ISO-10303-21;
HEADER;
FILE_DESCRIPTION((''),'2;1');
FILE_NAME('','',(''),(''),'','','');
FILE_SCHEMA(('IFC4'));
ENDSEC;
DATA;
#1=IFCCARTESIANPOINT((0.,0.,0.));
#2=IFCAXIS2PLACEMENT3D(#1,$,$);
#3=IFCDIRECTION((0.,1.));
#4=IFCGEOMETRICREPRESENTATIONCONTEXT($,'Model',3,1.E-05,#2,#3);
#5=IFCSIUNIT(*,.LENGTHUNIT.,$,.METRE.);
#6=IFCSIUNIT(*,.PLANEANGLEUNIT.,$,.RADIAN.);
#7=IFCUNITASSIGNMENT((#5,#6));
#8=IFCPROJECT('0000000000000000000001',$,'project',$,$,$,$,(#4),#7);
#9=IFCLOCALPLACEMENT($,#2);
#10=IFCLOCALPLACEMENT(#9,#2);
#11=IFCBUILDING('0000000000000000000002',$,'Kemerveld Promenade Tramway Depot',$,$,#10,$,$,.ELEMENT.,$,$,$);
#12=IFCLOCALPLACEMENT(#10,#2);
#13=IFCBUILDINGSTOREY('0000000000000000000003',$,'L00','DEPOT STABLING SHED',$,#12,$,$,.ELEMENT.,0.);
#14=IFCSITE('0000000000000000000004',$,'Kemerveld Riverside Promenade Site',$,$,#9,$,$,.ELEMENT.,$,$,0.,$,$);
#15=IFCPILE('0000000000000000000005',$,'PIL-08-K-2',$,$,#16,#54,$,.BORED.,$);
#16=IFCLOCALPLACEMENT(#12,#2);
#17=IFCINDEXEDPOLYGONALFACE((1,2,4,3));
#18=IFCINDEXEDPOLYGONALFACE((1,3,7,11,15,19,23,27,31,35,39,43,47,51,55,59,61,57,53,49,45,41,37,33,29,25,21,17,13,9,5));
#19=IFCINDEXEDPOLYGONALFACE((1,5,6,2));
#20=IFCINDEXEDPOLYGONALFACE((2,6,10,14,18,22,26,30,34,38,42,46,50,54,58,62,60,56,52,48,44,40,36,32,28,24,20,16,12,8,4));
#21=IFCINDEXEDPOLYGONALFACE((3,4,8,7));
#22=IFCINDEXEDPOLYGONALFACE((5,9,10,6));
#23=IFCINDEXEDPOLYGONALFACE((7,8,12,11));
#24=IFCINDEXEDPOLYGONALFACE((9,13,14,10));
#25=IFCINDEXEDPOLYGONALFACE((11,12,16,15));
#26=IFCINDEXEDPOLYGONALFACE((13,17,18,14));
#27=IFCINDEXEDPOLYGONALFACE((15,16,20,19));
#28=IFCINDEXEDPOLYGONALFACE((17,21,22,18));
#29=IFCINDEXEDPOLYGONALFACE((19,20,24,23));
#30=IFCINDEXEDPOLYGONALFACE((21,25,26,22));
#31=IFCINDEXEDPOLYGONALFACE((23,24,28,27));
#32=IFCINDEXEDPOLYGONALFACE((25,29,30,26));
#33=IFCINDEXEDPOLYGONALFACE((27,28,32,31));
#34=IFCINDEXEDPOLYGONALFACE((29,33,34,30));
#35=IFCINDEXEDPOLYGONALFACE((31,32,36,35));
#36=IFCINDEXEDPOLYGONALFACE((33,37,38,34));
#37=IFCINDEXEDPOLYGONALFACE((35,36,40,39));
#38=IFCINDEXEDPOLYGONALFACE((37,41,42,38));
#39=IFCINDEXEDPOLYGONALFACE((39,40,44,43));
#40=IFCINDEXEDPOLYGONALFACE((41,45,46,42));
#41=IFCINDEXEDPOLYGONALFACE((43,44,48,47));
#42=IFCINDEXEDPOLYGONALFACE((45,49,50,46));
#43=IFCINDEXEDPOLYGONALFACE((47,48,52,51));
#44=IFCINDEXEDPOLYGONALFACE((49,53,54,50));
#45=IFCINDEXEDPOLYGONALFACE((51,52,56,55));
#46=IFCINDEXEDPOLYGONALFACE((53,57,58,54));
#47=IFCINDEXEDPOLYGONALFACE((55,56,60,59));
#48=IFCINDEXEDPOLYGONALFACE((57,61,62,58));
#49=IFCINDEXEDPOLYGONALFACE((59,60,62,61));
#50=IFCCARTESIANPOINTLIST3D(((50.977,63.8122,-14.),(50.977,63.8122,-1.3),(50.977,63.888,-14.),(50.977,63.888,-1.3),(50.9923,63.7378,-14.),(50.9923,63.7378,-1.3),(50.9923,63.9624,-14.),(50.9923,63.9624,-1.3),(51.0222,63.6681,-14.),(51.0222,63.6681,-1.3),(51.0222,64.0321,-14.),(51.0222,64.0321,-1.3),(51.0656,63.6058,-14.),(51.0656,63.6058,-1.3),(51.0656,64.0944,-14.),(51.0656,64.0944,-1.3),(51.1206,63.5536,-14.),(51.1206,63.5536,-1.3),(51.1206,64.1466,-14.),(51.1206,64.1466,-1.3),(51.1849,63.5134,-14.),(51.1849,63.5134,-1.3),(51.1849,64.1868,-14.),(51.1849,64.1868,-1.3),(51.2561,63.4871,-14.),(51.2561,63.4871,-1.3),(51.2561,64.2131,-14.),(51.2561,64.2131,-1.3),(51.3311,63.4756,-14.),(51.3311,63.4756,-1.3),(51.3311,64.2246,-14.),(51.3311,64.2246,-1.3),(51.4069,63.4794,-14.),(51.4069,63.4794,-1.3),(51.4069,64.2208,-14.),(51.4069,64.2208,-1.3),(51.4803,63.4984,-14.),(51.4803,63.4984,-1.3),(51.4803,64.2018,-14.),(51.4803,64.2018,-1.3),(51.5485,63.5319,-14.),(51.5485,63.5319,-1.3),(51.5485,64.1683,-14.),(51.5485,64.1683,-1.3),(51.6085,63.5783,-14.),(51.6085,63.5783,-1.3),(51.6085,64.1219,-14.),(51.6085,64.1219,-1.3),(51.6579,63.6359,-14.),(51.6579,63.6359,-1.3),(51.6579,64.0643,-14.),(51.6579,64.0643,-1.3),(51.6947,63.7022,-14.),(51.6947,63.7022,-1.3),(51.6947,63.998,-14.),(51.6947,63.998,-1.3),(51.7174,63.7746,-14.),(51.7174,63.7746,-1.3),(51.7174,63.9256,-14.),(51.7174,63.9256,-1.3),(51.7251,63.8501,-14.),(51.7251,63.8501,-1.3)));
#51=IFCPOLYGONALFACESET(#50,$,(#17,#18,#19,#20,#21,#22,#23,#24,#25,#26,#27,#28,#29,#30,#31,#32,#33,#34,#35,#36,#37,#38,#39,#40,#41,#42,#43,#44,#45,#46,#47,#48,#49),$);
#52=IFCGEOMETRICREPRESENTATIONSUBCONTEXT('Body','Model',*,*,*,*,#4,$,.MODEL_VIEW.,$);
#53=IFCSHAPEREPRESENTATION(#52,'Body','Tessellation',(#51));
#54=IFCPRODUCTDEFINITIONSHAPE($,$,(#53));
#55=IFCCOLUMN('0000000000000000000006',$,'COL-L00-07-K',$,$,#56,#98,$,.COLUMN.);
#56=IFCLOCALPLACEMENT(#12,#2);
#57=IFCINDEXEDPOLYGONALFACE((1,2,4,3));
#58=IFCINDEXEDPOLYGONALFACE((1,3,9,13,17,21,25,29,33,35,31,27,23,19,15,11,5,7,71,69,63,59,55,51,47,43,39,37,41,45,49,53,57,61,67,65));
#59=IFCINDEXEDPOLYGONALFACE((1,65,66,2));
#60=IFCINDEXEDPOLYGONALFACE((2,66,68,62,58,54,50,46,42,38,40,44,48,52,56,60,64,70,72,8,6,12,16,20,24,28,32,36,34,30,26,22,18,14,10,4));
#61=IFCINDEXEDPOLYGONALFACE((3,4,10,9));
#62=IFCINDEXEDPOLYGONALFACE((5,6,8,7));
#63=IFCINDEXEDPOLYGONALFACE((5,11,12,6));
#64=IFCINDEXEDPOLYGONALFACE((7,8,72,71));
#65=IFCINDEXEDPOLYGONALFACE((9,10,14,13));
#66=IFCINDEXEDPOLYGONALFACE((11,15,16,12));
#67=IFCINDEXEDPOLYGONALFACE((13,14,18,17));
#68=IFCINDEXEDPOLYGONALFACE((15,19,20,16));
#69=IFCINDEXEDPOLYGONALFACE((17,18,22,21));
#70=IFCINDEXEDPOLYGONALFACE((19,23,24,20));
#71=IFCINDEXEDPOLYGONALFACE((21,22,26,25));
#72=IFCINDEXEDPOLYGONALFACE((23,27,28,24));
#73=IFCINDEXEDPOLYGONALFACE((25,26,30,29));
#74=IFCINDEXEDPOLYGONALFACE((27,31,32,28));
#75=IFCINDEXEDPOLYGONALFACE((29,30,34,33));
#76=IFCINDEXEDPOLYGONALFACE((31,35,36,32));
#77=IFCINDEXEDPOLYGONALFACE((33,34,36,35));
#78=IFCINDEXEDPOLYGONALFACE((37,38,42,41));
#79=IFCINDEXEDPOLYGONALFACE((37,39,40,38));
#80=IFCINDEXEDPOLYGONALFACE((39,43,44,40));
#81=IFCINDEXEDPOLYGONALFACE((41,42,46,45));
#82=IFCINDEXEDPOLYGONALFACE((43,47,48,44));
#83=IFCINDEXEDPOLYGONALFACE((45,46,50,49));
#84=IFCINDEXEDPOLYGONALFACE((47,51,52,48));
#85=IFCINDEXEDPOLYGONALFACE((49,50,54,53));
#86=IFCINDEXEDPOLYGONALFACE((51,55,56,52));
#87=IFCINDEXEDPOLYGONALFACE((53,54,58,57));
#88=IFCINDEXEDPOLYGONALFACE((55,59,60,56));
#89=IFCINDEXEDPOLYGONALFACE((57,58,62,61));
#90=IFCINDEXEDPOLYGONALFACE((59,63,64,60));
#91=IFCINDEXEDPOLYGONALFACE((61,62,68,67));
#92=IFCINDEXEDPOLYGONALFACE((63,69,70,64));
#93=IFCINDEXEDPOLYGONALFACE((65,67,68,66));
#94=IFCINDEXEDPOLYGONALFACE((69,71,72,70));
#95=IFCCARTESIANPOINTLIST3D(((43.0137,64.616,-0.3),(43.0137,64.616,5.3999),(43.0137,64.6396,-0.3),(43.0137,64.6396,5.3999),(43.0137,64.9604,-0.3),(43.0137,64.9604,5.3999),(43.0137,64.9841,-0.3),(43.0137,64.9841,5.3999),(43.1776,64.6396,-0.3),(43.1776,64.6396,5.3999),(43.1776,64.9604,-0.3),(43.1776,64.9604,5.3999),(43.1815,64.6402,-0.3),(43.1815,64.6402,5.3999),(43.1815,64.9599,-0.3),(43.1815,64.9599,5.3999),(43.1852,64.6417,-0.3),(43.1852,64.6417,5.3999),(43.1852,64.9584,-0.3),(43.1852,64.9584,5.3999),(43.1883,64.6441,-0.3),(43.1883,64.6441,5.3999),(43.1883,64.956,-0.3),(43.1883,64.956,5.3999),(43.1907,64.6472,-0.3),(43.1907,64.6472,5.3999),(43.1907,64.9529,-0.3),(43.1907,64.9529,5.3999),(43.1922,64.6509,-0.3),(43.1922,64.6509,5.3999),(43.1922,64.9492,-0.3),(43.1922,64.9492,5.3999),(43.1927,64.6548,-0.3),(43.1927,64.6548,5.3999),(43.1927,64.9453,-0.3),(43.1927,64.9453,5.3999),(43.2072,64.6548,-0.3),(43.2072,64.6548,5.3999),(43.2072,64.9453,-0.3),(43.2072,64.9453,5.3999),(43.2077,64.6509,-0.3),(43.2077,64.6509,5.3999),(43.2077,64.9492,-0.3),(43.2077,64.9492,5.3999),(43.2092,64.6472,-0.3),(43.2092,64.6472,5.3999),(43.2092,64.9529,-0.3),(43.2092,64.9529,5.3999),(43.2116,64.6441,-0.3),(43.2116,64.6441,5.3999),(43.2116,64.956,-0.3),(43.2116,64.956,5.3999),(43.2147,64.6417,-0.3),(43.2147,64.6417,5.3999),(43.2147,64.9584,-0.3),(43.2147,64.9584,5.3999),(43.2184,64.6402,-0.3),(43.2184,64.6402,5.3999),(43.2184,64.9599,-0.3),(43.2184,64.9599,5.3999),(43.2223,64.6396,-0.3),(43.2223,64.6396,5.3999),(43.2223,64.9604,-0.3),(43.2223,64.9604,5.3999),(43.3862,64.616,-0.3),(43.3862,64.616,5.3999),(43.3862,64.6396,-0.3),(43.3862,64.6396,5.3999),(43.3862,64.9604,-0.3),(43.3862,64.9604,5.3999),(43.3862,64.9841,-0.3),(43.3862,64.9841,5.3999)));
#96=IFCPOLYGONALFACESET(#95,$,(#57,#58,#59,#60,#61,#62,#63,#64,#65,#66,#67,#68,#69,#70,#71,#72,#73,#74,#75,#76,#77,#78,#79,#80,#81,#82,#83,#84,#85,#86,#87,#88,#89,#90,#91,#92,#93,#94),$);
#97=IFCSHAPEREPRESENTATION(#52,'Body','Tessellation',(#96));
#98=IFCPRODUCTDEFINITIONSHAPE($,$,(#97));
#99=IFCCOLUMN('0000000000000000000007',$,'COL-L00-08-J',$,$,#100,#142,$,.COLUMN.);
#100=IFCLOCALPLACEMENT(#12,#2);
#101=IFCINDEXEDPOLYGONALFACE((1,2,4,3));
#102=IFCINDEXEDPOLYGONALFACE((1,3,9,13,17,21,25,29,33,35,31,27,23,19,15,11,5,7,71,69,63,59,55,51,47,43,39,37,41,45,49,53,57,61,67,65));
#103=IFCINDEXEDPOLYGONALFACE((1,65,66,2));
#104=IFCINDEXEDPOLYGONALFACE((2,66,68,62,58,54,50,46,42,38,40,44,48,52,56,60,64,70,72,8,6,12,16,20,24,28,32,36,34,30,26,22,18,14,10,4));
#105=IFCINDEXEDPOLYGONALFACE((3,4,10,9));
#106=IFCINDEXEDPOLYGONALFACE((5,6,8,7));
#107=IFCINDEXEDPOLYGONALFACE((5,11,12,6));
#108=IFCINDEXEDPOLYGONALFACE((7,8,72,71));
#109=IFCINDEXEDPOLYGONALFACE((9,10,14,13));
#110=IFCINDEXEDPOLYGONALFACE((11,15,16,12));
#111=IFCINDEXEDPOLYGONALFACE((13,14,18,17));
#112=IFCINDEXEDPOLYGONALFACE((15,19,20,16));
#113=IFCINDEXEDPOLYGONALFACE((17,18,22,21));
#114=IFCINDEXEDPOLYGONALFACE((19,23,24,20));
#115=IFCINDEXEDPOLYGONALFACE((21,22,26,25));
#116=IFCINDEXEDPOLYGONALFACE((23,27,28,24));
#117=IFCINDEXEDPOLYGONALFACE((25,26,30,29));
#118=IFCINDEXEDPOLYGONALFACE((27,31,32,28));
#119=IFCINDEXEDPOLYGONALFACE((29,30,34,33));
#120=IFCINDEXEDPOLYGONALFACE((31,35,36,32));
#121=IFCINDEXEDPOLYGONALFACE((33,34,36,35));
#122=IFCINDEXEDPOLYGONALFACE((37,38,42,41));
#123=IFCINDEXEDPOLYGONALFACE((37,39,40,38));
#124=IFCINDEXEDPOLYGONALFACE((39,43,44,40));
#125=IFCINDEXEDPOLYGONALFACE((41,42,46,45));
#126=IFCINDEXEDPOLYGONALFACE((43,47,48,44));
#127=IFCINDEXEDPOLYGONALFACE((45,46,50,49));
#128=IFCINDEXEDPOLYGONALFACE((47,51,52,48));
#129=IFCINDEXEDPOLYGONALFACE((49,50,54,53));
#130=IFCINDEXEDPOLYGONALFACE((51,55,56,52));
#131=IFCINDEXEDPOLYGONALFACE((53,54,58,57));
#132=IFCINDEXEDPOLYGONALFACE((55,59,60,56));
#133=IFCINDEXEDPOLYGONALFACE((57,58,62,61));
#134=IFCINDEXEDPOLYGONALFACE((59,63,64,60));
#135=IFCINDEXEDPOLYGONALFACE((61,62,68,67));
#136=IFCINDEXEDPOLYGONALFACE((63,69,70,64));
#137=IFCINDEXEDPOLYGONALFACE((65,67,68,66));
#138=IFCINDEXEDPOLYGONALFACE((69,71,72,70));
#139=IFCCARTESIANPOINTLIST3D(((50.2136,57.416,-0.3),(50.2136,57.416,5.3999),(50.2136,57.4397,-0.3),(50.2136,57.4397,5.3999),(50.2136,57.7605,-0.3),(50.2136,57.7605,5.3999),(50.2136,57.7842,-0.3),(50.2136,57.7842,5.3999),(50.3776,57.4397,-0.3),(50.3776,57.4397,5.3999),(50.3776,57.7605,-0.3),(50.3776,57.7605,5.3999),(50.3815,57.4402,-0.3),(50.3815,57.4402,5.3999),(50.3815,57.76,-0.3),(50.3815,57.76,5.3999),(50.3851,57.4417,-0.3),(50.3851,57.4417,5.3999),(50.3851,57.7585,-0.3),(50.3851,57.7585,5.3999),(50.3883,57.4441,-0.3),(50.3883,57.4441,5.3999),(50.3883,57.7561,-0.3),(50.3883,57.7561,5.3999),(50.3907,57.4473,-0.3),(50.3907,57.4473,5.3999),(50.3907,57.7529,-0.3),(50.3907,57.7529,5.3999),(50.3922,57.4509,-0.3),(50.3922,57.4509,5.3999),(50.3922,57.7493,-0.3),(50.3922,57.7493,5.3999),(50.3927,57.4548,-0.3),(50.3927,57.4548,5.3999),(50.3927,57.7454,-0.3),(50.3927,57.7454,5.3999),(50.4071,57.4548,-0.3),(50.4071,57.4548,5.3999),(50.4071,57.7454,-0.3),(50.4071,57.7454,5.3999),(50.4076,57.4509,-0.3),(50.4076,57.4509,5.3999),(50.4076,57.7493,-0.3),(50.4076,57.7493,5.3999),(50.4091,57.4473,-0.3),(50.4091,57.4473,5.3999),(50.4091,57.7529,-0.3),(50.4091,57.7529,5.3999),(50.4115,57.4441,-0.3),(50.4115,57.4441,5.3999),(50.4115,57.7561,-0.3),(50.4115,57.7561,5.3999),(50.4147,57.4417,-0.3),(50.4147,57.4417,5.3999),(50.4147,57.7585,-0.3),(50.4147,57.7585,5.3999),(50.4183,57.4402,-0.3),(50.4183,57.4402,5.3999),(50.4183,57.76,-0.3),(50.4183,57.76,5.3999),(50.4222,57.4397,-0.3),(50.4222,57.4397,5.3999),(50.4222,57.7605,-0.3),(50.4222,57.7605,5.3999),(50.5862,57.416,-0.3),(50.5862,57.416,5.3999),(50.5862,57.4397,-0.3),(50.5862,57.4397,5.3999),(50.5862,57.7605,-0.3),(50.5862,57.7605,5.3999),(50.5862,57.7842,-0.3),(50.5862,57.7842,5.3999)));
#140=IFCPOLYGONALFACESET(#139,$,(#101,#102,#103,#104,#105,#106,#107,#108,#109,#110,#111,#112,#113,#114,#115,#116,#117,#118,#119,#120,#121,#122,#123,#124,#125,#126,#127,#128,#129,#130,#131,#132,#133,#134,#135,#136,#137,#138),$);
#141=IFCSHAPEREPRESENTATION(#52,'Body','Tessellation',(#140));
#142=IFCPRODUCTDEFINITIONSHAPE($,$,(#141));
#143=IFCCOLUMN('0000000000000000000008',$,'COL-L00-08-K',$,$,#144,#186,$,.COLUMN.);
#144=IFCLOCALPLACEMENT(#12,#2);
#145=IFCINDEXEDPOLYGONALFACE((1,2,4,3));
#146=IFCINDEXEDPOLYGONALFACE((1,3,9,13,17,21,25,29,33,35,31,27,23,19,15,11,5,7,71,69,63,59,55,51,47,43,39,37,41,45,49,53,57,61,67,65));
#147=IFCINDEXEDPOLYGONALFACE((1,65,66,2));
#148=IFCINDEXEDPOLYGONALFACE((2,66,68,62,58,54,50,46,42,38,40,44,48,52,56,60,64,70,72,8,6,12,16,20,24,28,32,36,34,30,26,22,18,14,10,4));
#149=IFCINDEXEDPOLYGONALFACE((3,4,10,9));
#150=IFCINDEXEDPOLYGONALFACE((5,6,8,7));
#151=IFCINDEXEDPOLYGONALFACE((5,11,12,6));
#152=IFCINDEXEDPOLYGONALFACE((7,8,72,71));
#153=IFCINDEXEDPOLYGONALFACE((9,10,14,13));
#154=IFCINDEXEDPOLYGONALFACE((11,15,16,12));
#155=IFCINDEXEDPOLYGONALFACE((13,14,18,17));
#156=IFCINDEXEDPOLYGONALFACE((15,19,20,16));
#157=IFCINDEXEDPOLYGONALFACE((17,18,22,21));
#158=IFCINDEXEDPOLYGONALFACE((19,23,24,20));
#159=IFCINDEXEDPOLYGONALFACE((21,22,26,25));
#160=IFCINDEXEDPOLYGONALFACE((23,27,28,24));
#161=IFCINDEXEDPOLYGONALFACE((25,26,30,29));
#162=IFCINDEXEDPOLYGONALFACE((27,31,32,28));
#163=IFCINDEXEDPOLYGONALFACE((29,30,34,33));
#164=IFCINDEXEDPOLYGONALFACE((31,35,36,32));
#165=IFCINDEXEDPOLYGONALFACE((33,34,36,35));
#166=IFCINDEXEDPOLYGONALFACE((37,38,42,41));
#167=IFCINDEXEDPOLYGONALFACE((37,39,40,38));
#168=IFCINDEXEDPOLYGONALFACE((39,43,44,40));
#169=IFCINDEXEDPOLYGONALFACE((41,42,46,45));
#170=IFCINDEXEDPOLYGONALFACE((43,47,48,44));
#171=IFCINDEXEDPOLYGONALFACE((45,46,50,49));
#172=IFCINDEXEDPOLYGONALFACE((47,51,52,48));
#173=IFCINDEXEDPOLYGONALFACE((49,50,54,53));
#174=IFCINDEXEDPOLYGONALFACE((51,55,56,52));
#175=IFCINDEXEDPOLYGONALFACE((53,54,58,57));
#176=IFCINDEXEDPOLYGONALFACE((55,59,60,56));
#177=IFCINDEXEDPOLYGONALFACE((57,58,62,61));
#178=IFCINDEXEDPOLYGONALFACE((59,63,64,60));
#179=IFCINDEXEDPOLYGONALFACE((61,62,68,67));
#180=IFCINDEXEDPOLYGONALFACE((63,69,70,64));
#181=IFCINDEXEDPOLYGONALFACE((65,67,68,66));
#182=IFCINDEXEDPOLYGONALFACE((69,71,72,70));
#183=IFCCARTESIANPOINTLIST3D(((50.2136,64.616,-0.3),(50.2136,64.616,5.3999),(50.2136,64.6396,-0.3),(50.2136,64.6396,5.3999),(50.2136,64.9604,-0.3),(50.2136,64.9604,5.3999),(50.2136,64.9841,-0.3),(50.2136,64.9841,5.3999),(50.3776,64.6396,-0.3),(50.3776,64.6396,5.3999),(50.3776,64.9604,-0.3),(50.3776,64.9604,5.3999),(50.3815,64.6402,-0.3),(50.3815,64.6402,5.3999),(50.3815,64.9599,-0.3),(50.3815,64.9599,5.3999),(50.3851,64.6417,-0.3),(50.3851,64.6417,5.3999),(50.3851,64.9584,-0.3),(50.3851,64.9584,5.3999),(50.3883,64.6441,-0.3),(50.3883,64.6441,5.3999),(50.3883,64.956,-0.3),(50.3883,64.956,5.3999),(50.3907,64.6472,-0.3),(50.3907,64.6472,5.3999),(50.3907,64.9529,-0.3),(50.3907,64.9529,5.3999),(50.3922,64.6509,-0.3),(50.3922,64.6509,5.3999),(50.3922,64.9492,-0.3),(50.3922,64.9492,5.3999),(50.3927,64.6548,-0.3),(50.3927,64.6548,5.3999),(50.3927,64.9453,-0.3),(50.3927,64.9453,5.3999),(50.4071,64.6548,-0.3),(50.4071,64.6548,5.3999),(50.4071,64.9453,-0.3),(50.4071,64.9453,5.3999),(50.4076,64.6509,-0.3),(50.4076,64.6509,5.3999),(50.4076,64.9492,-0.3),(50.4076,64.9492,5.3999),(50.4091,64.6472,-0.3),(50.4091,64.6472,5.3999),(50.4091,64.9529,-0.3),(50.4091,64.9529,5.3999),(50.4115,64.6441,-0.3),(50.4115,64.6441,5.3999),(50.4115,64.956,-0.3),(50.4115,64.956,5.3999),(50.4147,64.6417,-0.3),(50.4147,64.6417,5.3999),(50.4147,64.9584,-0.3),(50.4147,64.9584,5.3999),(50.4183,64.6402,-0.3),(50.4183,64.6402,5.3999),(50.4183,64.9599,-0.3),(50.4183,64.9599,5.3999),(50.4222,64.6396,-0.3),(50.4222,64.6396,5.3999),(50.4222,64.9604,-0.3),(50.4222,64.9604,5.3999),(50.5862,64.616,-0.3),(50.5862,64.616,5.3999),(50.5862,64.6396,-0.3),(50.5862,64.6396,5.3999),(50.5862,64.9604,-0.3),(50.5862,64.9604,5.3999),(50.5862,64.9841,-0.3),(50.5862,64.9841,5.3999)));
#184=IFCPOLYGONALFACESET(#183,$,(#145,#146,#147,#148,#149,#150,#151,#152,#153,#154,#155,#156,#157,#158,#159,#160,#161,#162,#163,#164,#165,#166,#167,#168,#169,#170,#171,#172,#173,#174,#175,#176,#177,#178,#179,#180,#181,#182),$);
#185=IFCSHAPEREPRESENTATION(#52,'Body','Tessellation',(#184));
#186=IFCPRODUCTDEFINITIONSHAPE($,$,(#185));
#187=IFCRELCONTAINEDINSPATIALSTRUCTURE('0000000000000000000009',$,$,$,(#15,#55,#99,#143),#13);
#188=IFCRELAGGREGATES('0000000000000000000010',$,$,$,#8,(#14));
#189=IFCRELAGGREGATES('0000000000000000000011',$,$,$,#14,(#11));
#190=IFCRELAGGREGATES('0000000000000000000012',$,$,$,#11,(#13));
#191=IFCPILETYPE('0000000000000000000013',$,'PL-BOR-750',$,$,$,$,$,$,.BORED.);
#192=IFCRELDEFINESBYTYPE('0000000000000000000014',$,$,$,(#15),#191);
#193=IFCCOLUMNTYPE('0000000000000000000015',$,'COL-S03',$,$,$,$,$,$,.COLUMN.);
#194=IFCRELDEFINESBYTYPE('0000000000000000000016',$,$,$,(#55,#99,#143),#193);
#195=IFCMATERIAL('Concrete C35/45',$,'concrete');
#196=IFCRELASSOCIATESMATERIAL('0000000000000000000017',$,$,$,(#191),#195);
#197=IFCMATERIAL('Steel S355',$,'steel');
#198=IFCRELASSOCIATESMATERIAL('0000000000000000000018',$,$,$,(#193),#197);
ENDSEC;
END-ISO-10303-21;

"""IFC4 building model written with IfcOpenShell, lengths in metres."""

from ifc_helpers import new_model, si_unit, direction, frame, origin, origin_2d, place, context, subcontext, project, spatial, circle, i_section, extrude, material, material_profile, profile_set, type_object, element, save


model = new_model("IFC4")

# Units and contexts
model_context = context("Model", 3, precision=1e-05, world=origin(), true_north=direction((0.0, 1.0)))
body_context = subcontext(model_context, "Body", "Model", "MODEL_VIEW")
ifc_project = project(units=[si_unit("LENGTHUNIT", "METRE"), si_unit("PLANEANGLEUNIT", "RADIAN")], contexts=[model_context])

# Site, building, storey
site_placement = place(None, origin())
site = spatial("IfcSite", under=ifc_project, at=site_placement, Name="Kemerveld Riverside Promenade Site", CompositionType="ELEMENT", RefElevation=0.0)
building_placement = place(site_placement, origin())
building = spatial("IfcBuilding", under=site, at=building_placement, Name="Kemerveld Promenade Tramway Depot", CompositionType="ELEMENT")
storey_placement = place(building_placement, origin())
storey = spatial("IfcBuildingStorey", under=building, at=storey_placement, Name="L00", Description="DEPOT STABLING SHED", CompositionType="ELEMENT", Elevation=0.0)

# Shared definitions
ifc_material_1 = material(Name="Concrete C35/45", Category="concrete")

# Pile
ifc_material_profile_1 = material_profile(ifc_material_1, circle(Radius=0.375, at=origin_2d()), Name="PILE-D750")
ifc_profile_set_1 = profile_set([ifc_material_profile_1], Name="Concrete C35/45")
pile_type_1 = type_object("IfcPileType", Name="PL-BOR-750", PredefinedType="BORED", material=ifc_profile_set_1)
for number, where, z_axis, x_axis, name in (
    (1, (51.3501, 63.8501, -1.3), (0.0, 0.0, -1.0), (1.0, 0.0, 0.0), "PIL-08-K-2"),
):
    element("IfcPile", number, at=place(storey_placement, frame(where, z_axis=z_axis, x_axis=x_axis)), inside=storey, type_object=pile_type_1, Name=name, PredefinedType="BORED", context=body_context, shape_type="SweptSolid", body=[
        extrude(circle(Radius=0.375, at=origin_2d()), origin(), (0.0, 0.0, 1.0), 12.7),
    ])

# Columns
ifc_material_2 = material(Name="Steel S355", Category="steel")
ifc_material_profile_2 = material_profile(ifc_material_2, i_section(OverallWidth=0.3726, OverallDepth=0.3682, WebThickness=0.0144, FlangeThickness=0.0237, FilletRadius=0.0151, at=origin_2d()), Name="356x368x177 UC")
ifc_profile_set_2 = profile_set([ifc_material_profile_2], Name="Steel S355")
column_type = type_object("IfcColumnType", Name="COL-S03", PredefinedType="COLUMN", material=ifc_profile_set_2)
for number, where, z_axis, x_axis, name in (
    (2, (43.2, 64.8, -0.3), (0.0, 0.0, 1.0), (1.0, 0.0, 0.0), "COL-L00-07-K"),
    (3, (50.3999, 57.6001, -0.3), (0.0, 0.0, 1.0), (1.0, 0.0, 0.0), "COL-L00-08-J"),
    (4, (50.3999, 64.8, -0.3), (0.0, 0.0, 1.0), (1.0, 0.0, 0.0), "COL-L00-08-K"),
):
    element("IfcColumn", number, at=place(storey_placement, frame(where, z_axis=z_axis, x_axis=x_axis)), inside=storey, type_object=column_type, Name=name, PredefinedType="COLUMN", context=body_context, shape_type="SweptSolid", body=[
        extrude(i_section(OverallWidth=0.3726, OverallDepth=0.3682, WebThickness=0.0144, FlangeThickness=0.0237, FilletRadius=0.0151, at=origin_2d()), origin(), (0.0, 0.0, 1.0), 5.7),
    ])

save(model, "model.ifc")
